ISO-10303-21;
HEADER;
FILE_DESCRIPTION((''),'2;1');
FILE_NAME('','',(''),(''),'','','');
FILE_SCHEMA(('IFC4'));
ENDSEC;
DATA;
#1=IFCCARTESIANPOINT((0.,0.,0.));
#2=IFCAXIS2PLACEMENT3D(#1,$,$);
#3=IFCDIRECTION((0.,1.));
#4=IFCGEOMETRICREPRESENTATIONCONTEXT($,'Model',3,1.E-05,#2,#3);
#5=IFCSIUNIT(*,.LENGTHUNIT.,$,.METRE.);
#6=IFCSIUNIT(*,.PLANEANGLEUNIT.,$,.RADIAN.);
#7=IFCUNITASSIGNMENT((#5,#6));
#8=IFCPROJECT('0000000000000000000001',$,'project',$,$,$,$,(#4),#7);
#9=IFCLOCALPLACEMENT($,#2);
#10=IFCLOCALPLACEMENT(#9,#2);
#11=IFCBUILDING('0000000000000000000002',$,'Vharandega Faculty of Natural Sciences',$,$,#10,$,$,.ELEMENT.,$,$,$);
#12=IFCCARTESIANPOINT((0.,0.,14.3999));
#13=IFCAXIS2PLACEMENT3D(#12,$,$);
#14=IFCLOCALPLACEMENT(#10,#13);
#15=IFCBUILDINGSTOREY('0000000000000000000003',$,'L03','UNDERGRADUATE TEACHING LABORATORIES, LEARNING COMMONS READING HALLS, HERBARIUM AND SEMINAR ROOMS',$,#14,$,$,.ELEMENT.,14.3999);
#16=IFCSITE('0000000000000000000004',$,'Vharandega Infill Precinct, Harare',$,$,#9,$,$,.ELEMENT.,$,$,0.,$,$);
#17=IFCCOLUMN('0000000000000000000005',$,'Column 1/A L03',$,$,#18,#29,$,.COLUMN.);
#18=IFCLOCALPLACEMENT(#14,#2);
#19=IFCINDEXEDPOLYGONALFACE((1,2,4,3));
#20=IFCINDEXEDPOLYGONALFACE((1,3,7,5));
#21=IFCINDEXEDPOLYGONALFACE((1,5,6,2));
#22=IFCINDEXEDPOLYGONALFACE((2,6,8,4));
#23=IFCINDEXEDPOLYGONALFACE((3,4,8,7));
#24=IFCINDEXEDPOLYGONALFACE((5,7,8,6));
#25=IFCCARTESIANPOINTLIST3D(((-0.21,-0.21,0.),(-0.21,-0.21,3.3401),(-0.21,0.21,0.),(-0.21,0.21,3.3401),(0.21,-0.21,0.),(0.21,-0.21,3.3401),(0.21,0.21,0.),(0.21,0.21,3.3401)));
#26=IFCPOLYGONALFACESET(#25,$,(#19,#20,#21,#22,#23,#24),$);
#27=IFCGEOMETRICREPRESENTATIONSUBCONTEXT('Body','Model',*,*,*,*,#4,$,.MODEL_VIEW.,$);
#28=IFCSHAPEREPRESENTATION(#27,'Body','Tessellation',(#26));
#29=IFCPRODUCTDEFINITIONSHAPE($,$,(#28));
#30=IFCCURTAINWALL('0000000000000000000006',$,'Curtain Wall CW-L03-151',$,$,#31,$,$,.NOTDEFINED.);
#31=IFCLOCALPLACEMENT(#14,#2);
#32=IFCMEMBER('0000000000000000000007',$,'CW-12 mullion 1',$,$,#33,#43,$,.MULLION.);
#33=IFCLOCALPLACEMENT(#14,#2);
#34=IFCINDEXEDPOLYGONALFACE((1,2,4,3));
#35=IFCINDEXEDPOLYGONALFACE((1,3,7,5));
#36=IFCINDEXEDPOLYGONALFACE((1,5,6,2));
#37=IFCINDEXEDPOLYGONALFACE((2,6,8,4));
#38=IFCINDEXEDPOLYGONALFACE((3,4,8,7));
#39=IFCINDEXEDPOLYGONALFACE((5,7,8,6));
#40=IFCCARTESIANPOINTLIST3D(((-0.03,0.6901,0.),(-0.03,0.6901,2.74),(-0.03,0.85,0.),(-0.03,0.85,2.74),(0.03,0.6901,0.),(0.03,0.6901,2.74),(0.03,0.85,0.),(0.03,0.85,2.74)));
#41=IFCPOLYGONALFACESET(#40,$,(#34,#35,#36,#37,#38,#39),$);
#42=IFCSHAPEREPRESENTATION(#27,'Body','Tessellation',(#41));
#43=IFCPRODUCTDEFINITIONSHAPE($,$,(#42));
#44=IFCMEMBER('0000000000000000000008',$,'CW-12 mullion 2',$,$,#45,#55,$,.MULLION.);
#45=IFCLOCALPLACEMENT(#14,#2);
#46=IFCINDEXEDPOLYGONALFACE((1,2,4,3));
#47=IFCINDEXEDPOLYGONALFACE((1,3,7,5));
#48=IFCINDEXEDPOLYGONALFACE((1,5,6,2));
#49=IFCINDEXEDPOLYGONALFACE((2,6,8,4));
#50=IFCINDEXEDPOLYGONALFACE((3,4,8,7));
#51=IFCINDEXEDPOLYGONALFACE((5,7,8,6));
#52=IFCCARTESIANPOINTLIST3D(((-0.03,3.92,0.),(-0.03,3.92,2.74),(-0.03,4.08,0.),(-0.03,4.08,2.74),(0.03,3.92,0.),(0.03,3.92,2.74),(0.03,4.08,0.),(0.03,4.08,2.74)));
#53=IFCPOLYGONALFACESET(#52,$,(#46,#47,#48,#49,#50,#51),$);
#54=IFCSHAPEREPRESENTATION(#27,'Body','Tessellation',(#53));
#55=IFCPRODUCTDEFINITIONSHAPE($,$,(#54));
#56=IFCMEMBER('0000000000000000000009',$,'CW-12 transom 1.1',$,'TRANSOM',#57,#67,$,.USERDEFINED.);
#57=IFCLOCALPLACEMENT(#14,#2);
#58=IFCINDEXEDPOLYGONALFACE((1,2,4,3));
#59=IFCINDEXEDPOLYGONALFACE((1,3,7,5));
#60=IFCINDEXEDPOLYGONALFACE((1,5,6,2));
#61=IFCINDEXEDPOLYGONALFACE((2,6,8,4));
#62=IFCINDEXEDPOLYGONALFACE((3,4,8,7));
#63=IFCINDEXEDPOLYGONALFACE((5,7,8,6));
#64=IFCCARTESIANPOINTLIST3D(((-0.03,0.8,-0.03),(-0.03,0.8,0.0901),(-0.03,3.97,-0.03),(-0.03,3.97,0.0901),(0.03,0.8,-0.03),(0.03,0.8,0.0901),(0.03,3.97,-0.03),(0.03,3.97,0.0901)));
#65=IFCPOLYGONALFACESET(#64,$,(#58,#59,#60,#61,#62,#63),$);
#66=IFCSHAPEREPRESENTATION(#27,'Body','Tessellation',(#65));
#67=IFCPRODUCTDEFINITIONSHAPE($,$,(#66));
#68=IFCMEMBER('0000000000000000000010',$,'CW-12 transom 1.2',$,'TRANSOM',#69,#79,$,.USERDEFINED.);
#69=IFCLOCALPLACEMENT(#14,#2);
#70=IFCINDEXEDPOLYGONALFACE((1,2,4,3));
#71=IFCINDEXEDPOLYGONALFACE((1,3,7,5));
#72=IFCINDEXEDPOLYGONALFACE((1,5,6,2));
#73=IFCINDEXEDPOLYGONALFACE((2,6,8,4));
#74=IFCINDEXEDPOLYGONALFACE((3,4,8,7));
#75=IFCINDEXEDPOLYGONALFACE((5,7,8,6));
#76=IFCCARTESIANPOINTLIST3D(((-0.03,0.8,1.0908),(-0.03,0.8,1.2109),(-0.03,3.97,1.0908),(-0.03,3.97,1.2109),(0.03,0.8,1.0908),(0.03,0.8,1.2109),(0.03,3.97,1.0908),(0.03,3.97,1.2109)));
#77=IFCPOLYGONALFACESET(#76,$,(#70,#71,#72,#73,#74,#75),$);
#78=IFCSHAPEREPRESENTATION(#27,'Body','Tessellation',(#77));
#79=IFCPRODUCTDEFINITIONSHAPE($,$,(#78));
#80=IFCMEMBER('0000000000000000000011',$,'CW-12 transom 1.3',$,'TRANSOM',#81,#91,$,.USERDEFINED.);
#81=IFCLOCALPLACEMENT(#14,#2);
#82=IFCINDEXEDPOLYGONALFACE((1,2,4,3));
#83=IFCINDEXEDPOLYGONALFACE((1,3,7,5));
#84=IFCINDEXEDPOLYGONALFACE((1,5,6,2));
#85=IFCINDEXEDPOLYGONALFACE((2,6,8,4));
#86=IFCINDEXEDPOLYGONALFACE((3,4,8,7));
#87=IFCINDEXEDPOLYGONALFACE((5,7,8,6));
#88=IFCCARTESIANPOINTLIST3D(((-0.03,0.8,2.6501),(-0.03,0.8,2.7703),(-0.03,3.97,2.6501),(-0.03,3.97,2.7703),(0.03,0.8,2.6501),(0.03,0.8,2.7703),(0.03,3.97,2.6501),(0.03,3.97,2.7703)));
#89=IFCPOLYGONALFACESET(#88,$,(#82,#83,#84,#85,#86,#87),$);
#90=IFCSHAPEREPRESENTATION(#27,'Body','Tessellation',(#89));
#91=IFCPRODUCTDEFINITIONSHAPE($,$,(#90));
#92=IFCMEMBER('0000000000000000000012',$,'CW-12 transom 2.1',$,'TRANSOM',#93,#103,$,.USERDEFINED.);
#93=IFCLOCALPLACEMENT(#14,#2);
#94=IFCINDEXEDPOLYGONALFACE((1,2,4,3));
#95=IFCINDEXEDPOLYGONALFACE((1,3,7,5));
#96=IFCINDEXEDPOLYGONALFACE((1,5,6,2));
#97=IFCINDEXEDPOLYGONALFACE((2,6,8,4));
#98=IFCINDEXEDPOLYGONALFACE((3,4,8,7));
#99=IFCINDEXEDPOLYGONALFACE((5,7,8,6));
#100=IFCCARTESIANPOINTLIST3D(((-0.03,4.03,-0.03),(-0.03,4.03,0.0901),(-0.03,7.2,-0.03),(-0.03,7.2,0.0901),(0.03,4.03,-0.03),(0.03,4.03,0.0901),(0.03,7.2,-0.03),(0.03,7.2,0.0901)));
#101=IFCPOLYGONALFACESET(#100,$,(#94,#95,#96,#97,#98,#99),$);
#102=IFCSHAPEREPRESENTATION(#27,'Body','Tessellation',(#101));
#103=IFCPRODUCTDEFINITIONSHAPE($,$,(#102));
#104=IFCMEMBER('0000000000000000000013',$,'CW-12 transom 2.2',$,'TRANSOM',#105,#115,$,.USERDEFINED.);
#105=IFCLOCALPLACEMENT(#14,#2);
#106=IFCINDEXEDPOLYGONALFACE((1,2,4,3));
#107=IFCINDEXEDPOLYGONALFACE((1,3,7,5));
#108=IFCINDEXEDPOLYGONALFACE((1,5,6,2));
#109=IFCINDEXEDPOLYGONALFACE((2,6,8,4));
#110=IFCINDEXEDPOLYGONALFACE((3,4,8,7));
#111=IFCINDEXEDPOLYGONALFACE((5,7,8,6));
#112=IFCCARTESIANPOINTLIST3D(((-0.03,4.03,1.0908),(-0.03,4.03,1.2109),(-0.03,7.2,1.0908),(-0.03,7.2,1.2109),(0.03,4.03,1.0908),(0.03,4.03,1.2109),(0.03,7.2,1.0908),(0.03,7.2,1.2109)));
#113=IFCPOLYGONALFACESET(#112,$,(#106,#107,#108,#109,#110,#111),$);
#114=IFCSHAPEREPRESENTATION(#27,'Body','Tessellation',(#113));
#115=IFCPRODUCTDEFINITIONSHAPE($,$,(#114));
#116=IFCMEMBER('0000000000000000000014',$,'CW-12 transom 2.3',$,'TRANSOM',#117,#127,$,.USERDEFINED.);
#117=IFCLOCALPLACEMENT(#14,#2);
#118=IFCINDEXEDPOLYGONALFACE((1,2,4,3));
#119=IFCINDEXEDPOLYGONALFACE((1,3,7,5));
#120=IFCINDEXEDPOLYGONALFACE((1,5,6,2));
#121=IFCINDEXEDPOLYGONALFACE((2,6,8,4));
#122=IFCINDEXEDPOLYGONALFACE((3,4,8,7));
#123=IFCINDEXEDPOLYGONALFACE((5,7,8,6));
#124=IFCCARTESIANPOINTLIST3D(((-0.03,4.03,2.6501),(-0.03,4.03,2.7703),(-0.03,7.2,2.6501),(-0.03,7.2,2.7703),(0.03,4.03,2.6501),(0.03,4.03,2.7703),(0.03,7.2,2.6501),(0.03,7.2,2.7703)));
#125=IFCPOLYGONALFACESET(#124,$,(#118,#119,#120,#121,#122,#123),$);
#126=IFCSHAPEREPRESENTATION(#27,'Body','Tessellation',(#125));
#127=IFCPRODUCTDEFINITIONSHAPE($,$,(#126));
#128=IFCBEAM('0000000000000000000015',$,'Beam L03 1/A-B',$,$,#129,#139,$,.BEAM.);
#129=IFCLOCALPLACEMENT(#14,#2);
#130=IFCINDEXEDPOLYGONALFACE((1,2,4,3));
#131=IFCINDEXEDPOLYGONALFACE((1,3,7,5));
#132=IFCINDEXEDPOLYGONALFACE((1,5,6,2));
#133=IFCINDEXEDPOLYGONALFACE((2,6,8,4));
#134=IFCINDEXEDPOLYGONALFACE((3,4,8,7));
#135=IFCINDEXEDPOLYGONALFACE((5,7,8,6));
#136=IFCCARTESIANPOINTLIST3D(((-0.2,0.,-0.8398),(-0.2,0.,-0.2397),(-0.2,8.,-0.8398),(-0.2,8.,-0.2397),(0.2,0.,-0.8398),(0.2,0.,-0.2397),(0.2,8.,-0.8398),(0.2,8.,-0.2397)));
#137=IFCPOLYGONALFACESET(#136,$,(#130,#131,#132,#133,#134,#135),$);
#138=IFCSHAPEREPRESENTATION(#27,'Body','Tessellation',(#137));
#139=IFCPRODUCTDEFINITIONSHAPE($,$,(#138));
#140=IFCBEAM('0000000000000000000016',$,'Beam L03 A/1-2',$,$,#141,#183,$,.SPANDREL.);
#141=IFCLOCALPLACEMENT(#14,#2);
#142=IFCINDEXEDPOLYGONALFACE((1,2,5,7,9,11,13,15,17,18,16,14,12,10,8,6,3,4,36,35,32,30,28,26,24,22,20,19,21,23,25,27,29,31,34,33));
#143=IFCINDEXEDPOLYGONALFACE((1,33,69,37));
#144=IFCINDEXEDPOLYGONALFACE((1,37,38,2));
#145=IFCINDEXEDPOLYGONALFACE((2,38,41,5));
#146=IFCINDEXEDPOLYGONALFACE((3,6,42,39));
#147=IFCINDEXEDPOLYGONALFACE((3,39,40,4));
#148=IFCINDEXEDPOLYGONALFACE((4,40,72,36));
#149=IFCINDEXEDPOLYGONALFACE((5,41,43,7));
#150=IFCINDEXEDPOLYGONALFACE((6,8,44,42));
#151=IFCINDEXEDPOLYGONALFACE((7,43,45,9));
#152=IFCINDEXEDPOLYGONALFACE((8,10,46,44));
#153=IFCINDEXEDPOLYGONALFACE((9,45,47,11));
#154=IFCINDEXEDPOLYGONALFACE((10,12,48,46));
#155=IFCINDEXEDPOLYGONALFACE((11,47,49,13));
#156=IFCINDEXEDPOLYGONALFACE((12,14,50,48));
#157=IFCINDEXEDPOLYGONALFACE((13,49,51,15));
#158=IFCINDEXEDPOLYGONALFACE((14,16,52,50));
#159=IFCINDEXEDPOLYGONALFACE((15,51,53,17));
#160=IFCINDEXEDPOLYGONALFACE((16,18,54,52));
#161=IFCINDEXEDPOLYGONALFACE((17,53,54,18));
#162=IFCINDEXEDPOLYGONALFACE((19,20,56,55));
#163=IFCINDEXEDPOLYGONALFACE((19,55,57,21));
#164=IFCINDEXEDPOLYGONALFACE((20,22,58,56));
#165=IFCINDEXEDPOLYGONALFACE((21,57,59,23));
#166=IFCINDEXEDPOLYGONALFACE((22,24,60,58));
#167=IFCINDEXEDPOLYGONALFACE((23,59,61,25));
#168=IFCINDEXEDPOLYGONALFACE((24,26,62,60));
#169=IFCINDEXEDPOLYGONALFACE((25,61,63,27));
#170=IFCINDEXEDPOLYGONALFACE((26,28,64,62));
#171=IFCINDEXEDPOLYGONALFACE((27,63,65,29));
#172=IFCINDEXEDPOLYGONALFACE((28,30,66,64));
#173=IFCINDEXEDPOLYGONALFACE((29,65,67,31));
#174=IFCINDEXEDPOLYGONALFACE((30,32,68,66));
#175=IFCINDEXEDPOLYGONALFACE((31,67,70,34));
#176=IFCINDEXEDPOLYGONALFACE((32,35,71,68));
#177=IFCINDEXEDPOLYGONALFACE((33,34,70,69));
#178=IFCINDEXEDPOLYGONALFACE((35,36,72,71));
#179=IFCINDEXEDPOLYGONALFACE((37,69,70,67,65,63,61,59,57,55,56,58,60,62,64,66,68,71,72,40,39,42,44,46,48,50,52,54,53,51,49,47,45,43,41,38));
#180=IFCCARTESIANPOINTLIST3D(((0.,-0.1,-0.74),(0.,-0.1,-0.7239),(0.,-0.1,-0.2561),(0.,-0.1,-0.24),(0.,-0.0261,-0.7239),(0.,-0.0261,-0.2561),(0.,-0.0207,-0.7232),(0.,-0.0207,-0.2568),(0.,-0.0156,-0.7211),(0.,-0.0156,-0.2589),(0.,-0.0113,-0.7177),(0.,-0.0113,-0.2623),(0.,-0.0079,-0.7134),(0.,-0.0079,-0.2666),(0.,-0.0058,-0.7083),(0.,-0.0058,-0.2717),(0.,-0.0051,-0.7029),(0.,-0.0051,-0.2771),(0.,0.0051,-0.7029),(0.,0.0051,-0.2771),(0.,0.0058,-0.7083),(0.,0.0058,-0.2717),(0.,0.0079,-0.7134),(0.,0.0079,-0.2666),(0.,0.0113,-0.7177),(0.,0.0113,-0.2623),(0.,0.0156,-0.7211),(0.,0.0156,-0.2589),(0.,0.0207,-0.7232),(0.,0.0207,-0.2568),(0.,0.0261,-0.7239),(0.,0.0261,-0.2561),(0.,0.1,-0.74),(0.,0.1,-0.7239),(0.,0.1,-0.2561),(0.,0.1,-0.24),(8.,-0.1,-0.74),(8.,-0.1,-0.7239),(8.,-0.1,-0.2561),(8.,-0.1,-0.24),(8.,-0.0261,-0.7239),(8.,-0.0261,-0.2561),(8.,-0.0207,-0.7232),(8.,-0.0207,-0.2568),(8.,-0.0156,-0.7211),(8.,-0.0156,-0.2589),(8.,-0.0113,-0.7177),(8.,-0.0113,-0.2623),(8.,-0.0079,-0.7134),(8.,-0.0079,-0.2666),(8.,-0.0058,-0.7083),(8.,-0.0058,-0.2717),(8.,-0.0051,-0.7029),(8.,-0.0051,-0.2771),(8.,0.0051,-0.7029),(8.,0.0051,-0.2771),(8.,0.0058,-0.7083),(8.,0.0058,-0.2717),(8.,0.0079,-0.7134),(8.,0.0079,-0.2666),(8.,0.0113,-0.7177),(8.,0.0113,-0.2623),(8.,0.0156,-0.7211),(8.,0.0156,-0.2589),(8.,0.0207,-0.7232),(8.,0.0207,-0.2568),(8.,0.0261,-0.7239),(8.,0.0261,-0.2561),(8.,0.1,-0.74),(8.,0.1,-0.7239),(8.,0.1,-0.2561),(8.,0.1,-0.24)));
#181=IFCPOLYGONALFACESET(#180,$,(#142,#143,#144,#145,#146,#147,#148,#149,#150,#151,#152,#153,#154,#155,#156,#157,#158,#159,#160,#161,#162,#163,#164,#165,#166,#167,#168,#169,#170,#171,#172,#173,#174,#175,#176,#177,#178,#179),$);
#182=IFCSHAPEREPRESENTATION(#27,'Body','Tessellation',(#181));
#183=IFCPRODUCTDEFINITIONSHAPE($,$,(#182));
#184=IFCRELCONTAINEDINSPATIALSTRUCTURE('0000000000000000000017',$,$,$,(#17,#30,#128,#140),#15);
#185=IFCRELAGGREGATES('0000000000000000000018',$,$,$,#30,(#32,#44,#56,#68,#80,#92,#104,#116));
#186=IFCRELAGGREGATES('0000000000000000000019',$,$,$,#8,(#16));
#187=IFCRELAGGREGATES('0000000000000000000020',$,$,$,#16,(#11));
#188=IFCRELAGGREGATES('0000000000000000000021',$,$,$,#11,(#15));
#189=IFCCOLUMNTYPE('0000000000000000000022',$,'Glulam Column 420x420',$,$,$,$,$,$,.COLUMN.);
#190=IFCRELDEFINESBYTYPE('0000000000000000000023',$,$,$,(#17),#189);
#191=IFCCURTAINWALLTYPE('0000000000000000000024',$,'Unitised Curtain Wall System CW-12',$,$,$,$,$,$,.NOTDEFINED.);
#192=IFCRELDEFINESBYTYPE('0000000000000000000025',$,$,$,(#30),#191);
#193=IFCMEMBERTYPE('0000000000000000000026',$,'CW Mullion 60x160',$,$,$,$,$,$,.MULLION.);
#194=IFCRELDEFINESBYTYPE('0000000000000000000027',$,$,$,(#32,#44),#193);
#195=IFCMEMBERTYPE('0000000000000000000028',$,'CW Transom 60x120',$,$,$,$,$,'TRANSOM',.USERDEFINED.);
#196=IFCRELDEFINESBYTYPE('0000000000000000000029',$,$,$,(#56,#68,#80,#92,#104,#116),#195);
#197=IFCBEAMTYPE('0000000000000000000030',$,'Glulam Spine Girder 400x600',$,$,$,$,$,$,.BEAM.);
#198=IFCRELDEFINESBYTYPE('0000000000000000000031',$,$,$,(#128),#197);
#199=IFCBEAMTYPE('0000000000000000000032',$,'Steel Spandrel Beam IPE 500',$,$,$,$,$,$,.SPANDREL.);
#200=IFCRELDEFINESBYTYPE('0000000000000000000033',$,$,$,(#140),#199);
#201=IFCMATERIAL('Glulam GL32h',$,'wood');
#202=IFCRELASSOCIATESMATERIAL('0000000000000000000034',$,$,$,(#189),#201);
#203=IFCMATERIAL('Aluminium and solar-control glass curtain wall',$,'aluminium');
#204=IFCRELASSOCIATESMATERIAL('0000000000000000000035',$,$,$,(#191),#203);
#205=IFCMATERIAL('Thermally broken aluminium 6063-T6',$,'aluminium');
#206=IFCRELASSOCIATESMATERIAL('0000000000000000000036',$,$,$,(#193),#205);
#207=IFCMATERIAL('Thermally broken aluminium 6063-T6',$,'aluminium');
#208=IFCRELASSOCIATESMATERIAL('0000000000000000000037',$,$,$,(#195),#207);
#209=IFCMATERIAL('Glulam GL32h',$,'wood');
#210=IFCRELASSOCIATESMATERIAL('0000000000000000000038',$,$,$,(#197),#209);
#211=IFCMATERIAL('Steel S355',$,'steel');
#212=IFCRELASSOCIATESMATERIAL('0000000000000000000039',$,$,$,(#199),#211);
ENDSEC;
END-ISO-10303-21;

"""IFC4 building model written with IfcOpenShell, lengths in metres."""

from ifc_helpers import new_model, si_unit, direction, frame, origin, origin_with_axes, origin_2d, place, context, subcontext, project, spatial, rectangle, i_section, extrude, material, material_profile, profile_set, type_object, element, aggregate, save


model = new_model("IFC4")

# Units and contexts
model_context = context("Model", 3, precision=1e-05, world=origin(), true_north=direction((0.0, 1.0)))
body_context = subcontext(model_context, "Body", "Model", "MODEL_VIEW")
ifc_project = project(units=[si_unit("LENGTHUNIT", "METRE"), si_unit("PLANEANGLEUNIT", "RADIAN")], contexts=[model_context])

# Site, building, storey
site_placement = place(None, origin())
site = spatial("IfcSite", under=ifc_project, at=site_placement, Name="Vharandega Infill Precinct, Harare", CompositionType="ELEMENT", RefElevation=0.0)
building_placement = place(site_placement, origin())
building = spatial("IfcBuilding", under=site, at=building_placement, Name="Vharandega Faculty of Natural Sciences", CompositionType="ELEMENT")
storey_placement = place(building_placement, frame((0.0, 0.0, 14.3999)))
storey = spatial("IfcBuildingStorey", under=building, at=storey_placement, Name="L03", Description="UNDERGRADUATE TEACHING LABORATORIES, LEARNING COMMONS READING HALLS, HERBARIUM AND SEMINAR ROOMS", CompositionType="ELEMENT", Elevation=14.3999)

# Column
ifc_material_1 = material(Name="Glulam GL32h", Category="wood")
ifc_material_profile_1 = material_profile(ifc_material_1, rectangle(XDim=0.4199, YDim=0.4199, at=origin_2d()), Name="GL32h 420x420")
ifc_profile_set_1 = profile_set([ifc_material_profile_1], Name="Glulam GL32h")
column_type = type_object("IfcColumnType", Name="Glulam Column 420x420", PredefinedType="COLUMN", material=ifc_profile_set_1)
column_placement = place(storey_placement, origin_with_axes())
element("IfcColumn", 1, at=column_placement, inside=storey, type_object=column_type, Name="Column 1/A L03", PredefinedType="COLUMN", context=body_context, shape_type="SweptSolid", body=[
    extrude(rectangle(XDim=0.4199, YDim=0.4199, at=origin_2d()), origin(), (0.0, 0.0, 1.0), 3.3401),
])

# Curtain wall, members
ifc_material_2 = material(Name="Aluminium and solar-control glass curtain wall", Category="aluminium")
curtain_wall_type = type_object("IfcCurtainWallType", Name="Unitised Curtain Wall System CW-12", PredefinedType="NOTDEFINED", material=ifc_material_2)
curtain_wall_placement = place(storey_placement, origin())
curtain_wall = element("IfcCurtainWall", 2, at=curtain_wall_placement, inside=storey, type_object=curtain_wall_type, Name="Curtain Wall CW-L03-151", PredefinedType="NOTDEFINED")
ifc_material_3 = material(Name="Thermally broken aluminium 6063-T6", Category="aluminium")
ifc_material_profile_2 = material_profile(ifc_material_3, rectangle(XDim=0.0601, YDim=0.1599, at=origin_2d()), Name="ALU 60x160")
ifc_profile_set_2 = profile_set([ifc_material_profile_2], Name="Thermally broken aluminium 6063-T6")
member_type_1 = type_object("IfcMemberType", Name="CW Mullion 60x160", PredefinedType="MULLION", material=ifc_profile_set_2)
member_1_placement = place(storey_placement, frame((0.0, 0.77, 0.0), z_axis=(0.0, 0.0, 1.0), x_axis=(-1.0, 0.0, 0.0)))
member_1 = element("IfcMember", 3, at=member_1_placement, type_object=member_type_1, Name="CW-12 mullion 1", PredefinedType="MULLION", context=body_context, shape_type="SweptSolid", body=[
    extrude(rectangle(XDim=0.0601, YDim=0.1599, at=origin_2d()), origin(), (0.0, 0.0, 1.0), 2.74),
])
member_2_placement = place(storey_placement, frame((0.0, 4.0, 0.0), z_axis=(0.0, 0.0, 1.0), x_axis=(-1.0, 0.0, 0.0)))
member_2 = element("IfcMember", 4, at=member_2_placement, type_object=member_type_1, Name="CW-12 mullion 2", PredefinedType="MULLION", context=body_context, shape_type="SweptSolid", body=[
    extrude(rectangle(XDim=0.0601, YDim=0.1599, at=origin_2d()), origin(), (0.0, 0.0, 1.0), 2.74),
])
ifc_material_4 = material(Name="Thermally broken aluminium 6063-T6", Category="aluminium")
ifc_material_profile_3 = material_profile(ifc_material_4, rectangle(XDim=0.0601, YDim=0.1201, at=origin_2d()), Name="ALU 60x120")
ifc_profile_set_3 = profile_set([ifc_material_profile_3], Name="Thermally broken aluminium 6063-T6")
member_type_2 = type_object("IfcMemberType", Name="CW Transom 60x120", ElementType="TRANSOM", PredefinedType="USERDEFINED", material=ifc_profile_set_3)
member_3_placement = place(storey_placement, frame((0.0, 0.8, 0.03), z_axis=(0.0, 1.0, 0.0), x_axis=(-1.0, 0.0, 0.0)))
member_3 = element("IfcMember", 5, at=member_3_placement, type_object=member_type_2, Name="CW-12 transom 1.1", ObjectType="TRANSOM", PredefinedType="USERDEFINED", context=body_context, shape_type="SweptSolid", body=[
    extrude(rectangle(XDim=0.0601, YDim=0.1201, at=origin_2d()), origin(), (0.0, 0.0, 1.0), 3.1699),
])
member_4_placement = place(storey_placement, frame((0.0, 0.8, 1.1509), z_axis=(0.0, 1.0, 0.0), x_axis=(-1.0, 0.0, 0.0)))
member_4 = element("IfcMember", 6, at=member_4_placement, type_object=member_type_2, Name="CW-12 transom 1.2", ObjectType="TRANSOM", PredefinedType="USERDEFINED", context=body_context, shape_type="SweptSolid", body=[
    extrude(rectangle(XDim=0.0601, YDim=0.1201, at=origin_2d()), origin(), (0.0, 0.0, 1.0), 3.1699),
])
member_5_placement = place(storey_placement, frame((0.0, 0.8, 2.7102), z_axis=(0.0, 1.0, 0.0), x_axis=(-1.0, 0.0, 0.0)))
member_5 = element("IfcMember", 7, at=member_5_placement, type_object=member_type_2, Name="CW-12 transom 1.3", ObjectType="TRANSOM", PredefinedType="USERDEFINED", context=body_context, shape_type="SweptSolid", body=[
    extrude(rectangle(XDim=0.0601, YDim=0.1201, at=origin_2d()), origin(), (0.0, 0.0, 1.0), 3.1699),
])
member_6_placement = place(storey_placement, frame((0.0, 4.03, 0.03), z_axis=(0.0, 1.0, 0.0), x_axis=(-1.0, 0.0, 0.0)))
member_6 = element("IfcMember", 8, at=member_6_placement, type_object=member_type_2, Name="CW-12 transom 2.1", ObjectType="TRANSOM", PredefinedType="USERDEFINED", context=body_context, shape_type="SweptSolid", body=[
    extrude(rectangle(XDim=0.0601, YDim=0.1201, at=origin_2d()), origin(), (0.0, 0.0, 1.0), 3.1699),
])
member_7_placement = place(storey_placement, frame((0.0, 4.03, 1.1509), z_axis=(0.0, 1.0, 0.0), x_axis=(-1.0, 0.0, 0.0)))
member_7 = element("IfcMember", 9, at=member_7_placement, type_object=member_type_2, Name="CW-12 transom 2.2", ObjectType="TRANSOM", PredefinedType="USERDEFINED", context=body_context, shape_type="SweptSolid", body=[
    extrude(rectangle(XDim=0.0601, YDim=0.1201, at=origin_2d()), origin(), (0.0, 0.0, 1.0), 3.1699),
])
member_8_placement = place(storey_placement, frame((0.0, 4.03, 2.7102), z_axis=(0.0, 1.0, 0.0), x_axis=(-1.0, 0.0, 0.0)))
member_8 = element("IfcMember", 10, at=member_8_placement, type_object=member_type_2, Name="CW-12 transom 2.3", ObjectType="TRANSOM", PredefinedType="USERDEFINED", context=body_context, shape_type="SweptSolid", body=[
    extrude(rectangle(XDim=0.0601, YDim=0.1201, at=origin_2d()), origin(), (0.0, 0.0, 1.0), 3.1699),
])

# Beams
ifc_material_5 = material(Name="Glulam GL32h", Category="wood")
ifc_material_profile_4 = material_profile(ifc_material_5, rectangle(XDim=0.3999, YDim=0.6001, at=origin_2d()), Name="GL32h 400x600")
ifc_profile_set_4 = profile_set([ifc_material_profile_4], Name="Glulam GL32h")
beam_type_1 = type_object("IfcBeamType", Name="Glulam Spine Girder 400x600", PredefinedType="BEAM", material=ifc_profile_set_4)
beam_1_placement = place(storey_placement, frame((0.0, 0.0, -0.5398), z_axis=(0.0, 1.0, 0.0), x_axis=(-1.0, 0.0, 0.0)))
element("IfcBeam", 11, at=beam_1_placement, inside=storey, type_object=beam_type_1, Name="Beam L03 1/A-B", PredefinedType="BEAM", context=body_context, shape_type="SweptSolid", body=[
    extrude(rectangle(XDim=0.3999, YDim=0.6001, at=origin_2d()), origin(), (0.0, 0.0, 1.0), 8.0),
])
ifc_material_6 = material(Name="Steel S355", Category="steel")
ifc_material_profile_5 = material_profile(ifc_material_6, i_section(OverallWidth=0.2, OverallDepth=0.5, WebThickness=0.0103, FlangeThickness=0.0161, FilletRadius=0.021, at=origin_2d()), Name="IPE 500")
ifc_profile_set_5 = profile_set([ifc_material_profile_5], Name="Steel S355")
beam_type_2 = type_object("IfcBeamType", Name="Steel Spandrel Beam IPE 500", PredefinedType="SPANDREL", material=ifc_profile_set_5)
beam_2_placement = place(storey_placement, frame((0.0, 0.0, -0.49), z_axis=(1.0, 0.0, 0.0), x_axis=(0.0, 1.0, 0.0)))
element("IfcBeam", 12, at=beam_2_placement, inside=storey, type_object=beam_type_2, Name="Beam L03 A/1-2", PredefinedType="SPANDREL", context=body_context, shape_type="SweptSolid", body=[
    extrude(i_section(OverallWidth=0.2, OverallDepth=0.5, WebThickness=0.0103, FlangeThickness=0.0161, FilletRadius=0.021, at=origin_2d()), origin(), (0.0, 0.0, 1.0), 8.0),
])

aggregate(curtain_wall, [member_1, member_2, member_3, member_4, member_5, member_6, member_7, member_8])

save(model, "model.ifc")
